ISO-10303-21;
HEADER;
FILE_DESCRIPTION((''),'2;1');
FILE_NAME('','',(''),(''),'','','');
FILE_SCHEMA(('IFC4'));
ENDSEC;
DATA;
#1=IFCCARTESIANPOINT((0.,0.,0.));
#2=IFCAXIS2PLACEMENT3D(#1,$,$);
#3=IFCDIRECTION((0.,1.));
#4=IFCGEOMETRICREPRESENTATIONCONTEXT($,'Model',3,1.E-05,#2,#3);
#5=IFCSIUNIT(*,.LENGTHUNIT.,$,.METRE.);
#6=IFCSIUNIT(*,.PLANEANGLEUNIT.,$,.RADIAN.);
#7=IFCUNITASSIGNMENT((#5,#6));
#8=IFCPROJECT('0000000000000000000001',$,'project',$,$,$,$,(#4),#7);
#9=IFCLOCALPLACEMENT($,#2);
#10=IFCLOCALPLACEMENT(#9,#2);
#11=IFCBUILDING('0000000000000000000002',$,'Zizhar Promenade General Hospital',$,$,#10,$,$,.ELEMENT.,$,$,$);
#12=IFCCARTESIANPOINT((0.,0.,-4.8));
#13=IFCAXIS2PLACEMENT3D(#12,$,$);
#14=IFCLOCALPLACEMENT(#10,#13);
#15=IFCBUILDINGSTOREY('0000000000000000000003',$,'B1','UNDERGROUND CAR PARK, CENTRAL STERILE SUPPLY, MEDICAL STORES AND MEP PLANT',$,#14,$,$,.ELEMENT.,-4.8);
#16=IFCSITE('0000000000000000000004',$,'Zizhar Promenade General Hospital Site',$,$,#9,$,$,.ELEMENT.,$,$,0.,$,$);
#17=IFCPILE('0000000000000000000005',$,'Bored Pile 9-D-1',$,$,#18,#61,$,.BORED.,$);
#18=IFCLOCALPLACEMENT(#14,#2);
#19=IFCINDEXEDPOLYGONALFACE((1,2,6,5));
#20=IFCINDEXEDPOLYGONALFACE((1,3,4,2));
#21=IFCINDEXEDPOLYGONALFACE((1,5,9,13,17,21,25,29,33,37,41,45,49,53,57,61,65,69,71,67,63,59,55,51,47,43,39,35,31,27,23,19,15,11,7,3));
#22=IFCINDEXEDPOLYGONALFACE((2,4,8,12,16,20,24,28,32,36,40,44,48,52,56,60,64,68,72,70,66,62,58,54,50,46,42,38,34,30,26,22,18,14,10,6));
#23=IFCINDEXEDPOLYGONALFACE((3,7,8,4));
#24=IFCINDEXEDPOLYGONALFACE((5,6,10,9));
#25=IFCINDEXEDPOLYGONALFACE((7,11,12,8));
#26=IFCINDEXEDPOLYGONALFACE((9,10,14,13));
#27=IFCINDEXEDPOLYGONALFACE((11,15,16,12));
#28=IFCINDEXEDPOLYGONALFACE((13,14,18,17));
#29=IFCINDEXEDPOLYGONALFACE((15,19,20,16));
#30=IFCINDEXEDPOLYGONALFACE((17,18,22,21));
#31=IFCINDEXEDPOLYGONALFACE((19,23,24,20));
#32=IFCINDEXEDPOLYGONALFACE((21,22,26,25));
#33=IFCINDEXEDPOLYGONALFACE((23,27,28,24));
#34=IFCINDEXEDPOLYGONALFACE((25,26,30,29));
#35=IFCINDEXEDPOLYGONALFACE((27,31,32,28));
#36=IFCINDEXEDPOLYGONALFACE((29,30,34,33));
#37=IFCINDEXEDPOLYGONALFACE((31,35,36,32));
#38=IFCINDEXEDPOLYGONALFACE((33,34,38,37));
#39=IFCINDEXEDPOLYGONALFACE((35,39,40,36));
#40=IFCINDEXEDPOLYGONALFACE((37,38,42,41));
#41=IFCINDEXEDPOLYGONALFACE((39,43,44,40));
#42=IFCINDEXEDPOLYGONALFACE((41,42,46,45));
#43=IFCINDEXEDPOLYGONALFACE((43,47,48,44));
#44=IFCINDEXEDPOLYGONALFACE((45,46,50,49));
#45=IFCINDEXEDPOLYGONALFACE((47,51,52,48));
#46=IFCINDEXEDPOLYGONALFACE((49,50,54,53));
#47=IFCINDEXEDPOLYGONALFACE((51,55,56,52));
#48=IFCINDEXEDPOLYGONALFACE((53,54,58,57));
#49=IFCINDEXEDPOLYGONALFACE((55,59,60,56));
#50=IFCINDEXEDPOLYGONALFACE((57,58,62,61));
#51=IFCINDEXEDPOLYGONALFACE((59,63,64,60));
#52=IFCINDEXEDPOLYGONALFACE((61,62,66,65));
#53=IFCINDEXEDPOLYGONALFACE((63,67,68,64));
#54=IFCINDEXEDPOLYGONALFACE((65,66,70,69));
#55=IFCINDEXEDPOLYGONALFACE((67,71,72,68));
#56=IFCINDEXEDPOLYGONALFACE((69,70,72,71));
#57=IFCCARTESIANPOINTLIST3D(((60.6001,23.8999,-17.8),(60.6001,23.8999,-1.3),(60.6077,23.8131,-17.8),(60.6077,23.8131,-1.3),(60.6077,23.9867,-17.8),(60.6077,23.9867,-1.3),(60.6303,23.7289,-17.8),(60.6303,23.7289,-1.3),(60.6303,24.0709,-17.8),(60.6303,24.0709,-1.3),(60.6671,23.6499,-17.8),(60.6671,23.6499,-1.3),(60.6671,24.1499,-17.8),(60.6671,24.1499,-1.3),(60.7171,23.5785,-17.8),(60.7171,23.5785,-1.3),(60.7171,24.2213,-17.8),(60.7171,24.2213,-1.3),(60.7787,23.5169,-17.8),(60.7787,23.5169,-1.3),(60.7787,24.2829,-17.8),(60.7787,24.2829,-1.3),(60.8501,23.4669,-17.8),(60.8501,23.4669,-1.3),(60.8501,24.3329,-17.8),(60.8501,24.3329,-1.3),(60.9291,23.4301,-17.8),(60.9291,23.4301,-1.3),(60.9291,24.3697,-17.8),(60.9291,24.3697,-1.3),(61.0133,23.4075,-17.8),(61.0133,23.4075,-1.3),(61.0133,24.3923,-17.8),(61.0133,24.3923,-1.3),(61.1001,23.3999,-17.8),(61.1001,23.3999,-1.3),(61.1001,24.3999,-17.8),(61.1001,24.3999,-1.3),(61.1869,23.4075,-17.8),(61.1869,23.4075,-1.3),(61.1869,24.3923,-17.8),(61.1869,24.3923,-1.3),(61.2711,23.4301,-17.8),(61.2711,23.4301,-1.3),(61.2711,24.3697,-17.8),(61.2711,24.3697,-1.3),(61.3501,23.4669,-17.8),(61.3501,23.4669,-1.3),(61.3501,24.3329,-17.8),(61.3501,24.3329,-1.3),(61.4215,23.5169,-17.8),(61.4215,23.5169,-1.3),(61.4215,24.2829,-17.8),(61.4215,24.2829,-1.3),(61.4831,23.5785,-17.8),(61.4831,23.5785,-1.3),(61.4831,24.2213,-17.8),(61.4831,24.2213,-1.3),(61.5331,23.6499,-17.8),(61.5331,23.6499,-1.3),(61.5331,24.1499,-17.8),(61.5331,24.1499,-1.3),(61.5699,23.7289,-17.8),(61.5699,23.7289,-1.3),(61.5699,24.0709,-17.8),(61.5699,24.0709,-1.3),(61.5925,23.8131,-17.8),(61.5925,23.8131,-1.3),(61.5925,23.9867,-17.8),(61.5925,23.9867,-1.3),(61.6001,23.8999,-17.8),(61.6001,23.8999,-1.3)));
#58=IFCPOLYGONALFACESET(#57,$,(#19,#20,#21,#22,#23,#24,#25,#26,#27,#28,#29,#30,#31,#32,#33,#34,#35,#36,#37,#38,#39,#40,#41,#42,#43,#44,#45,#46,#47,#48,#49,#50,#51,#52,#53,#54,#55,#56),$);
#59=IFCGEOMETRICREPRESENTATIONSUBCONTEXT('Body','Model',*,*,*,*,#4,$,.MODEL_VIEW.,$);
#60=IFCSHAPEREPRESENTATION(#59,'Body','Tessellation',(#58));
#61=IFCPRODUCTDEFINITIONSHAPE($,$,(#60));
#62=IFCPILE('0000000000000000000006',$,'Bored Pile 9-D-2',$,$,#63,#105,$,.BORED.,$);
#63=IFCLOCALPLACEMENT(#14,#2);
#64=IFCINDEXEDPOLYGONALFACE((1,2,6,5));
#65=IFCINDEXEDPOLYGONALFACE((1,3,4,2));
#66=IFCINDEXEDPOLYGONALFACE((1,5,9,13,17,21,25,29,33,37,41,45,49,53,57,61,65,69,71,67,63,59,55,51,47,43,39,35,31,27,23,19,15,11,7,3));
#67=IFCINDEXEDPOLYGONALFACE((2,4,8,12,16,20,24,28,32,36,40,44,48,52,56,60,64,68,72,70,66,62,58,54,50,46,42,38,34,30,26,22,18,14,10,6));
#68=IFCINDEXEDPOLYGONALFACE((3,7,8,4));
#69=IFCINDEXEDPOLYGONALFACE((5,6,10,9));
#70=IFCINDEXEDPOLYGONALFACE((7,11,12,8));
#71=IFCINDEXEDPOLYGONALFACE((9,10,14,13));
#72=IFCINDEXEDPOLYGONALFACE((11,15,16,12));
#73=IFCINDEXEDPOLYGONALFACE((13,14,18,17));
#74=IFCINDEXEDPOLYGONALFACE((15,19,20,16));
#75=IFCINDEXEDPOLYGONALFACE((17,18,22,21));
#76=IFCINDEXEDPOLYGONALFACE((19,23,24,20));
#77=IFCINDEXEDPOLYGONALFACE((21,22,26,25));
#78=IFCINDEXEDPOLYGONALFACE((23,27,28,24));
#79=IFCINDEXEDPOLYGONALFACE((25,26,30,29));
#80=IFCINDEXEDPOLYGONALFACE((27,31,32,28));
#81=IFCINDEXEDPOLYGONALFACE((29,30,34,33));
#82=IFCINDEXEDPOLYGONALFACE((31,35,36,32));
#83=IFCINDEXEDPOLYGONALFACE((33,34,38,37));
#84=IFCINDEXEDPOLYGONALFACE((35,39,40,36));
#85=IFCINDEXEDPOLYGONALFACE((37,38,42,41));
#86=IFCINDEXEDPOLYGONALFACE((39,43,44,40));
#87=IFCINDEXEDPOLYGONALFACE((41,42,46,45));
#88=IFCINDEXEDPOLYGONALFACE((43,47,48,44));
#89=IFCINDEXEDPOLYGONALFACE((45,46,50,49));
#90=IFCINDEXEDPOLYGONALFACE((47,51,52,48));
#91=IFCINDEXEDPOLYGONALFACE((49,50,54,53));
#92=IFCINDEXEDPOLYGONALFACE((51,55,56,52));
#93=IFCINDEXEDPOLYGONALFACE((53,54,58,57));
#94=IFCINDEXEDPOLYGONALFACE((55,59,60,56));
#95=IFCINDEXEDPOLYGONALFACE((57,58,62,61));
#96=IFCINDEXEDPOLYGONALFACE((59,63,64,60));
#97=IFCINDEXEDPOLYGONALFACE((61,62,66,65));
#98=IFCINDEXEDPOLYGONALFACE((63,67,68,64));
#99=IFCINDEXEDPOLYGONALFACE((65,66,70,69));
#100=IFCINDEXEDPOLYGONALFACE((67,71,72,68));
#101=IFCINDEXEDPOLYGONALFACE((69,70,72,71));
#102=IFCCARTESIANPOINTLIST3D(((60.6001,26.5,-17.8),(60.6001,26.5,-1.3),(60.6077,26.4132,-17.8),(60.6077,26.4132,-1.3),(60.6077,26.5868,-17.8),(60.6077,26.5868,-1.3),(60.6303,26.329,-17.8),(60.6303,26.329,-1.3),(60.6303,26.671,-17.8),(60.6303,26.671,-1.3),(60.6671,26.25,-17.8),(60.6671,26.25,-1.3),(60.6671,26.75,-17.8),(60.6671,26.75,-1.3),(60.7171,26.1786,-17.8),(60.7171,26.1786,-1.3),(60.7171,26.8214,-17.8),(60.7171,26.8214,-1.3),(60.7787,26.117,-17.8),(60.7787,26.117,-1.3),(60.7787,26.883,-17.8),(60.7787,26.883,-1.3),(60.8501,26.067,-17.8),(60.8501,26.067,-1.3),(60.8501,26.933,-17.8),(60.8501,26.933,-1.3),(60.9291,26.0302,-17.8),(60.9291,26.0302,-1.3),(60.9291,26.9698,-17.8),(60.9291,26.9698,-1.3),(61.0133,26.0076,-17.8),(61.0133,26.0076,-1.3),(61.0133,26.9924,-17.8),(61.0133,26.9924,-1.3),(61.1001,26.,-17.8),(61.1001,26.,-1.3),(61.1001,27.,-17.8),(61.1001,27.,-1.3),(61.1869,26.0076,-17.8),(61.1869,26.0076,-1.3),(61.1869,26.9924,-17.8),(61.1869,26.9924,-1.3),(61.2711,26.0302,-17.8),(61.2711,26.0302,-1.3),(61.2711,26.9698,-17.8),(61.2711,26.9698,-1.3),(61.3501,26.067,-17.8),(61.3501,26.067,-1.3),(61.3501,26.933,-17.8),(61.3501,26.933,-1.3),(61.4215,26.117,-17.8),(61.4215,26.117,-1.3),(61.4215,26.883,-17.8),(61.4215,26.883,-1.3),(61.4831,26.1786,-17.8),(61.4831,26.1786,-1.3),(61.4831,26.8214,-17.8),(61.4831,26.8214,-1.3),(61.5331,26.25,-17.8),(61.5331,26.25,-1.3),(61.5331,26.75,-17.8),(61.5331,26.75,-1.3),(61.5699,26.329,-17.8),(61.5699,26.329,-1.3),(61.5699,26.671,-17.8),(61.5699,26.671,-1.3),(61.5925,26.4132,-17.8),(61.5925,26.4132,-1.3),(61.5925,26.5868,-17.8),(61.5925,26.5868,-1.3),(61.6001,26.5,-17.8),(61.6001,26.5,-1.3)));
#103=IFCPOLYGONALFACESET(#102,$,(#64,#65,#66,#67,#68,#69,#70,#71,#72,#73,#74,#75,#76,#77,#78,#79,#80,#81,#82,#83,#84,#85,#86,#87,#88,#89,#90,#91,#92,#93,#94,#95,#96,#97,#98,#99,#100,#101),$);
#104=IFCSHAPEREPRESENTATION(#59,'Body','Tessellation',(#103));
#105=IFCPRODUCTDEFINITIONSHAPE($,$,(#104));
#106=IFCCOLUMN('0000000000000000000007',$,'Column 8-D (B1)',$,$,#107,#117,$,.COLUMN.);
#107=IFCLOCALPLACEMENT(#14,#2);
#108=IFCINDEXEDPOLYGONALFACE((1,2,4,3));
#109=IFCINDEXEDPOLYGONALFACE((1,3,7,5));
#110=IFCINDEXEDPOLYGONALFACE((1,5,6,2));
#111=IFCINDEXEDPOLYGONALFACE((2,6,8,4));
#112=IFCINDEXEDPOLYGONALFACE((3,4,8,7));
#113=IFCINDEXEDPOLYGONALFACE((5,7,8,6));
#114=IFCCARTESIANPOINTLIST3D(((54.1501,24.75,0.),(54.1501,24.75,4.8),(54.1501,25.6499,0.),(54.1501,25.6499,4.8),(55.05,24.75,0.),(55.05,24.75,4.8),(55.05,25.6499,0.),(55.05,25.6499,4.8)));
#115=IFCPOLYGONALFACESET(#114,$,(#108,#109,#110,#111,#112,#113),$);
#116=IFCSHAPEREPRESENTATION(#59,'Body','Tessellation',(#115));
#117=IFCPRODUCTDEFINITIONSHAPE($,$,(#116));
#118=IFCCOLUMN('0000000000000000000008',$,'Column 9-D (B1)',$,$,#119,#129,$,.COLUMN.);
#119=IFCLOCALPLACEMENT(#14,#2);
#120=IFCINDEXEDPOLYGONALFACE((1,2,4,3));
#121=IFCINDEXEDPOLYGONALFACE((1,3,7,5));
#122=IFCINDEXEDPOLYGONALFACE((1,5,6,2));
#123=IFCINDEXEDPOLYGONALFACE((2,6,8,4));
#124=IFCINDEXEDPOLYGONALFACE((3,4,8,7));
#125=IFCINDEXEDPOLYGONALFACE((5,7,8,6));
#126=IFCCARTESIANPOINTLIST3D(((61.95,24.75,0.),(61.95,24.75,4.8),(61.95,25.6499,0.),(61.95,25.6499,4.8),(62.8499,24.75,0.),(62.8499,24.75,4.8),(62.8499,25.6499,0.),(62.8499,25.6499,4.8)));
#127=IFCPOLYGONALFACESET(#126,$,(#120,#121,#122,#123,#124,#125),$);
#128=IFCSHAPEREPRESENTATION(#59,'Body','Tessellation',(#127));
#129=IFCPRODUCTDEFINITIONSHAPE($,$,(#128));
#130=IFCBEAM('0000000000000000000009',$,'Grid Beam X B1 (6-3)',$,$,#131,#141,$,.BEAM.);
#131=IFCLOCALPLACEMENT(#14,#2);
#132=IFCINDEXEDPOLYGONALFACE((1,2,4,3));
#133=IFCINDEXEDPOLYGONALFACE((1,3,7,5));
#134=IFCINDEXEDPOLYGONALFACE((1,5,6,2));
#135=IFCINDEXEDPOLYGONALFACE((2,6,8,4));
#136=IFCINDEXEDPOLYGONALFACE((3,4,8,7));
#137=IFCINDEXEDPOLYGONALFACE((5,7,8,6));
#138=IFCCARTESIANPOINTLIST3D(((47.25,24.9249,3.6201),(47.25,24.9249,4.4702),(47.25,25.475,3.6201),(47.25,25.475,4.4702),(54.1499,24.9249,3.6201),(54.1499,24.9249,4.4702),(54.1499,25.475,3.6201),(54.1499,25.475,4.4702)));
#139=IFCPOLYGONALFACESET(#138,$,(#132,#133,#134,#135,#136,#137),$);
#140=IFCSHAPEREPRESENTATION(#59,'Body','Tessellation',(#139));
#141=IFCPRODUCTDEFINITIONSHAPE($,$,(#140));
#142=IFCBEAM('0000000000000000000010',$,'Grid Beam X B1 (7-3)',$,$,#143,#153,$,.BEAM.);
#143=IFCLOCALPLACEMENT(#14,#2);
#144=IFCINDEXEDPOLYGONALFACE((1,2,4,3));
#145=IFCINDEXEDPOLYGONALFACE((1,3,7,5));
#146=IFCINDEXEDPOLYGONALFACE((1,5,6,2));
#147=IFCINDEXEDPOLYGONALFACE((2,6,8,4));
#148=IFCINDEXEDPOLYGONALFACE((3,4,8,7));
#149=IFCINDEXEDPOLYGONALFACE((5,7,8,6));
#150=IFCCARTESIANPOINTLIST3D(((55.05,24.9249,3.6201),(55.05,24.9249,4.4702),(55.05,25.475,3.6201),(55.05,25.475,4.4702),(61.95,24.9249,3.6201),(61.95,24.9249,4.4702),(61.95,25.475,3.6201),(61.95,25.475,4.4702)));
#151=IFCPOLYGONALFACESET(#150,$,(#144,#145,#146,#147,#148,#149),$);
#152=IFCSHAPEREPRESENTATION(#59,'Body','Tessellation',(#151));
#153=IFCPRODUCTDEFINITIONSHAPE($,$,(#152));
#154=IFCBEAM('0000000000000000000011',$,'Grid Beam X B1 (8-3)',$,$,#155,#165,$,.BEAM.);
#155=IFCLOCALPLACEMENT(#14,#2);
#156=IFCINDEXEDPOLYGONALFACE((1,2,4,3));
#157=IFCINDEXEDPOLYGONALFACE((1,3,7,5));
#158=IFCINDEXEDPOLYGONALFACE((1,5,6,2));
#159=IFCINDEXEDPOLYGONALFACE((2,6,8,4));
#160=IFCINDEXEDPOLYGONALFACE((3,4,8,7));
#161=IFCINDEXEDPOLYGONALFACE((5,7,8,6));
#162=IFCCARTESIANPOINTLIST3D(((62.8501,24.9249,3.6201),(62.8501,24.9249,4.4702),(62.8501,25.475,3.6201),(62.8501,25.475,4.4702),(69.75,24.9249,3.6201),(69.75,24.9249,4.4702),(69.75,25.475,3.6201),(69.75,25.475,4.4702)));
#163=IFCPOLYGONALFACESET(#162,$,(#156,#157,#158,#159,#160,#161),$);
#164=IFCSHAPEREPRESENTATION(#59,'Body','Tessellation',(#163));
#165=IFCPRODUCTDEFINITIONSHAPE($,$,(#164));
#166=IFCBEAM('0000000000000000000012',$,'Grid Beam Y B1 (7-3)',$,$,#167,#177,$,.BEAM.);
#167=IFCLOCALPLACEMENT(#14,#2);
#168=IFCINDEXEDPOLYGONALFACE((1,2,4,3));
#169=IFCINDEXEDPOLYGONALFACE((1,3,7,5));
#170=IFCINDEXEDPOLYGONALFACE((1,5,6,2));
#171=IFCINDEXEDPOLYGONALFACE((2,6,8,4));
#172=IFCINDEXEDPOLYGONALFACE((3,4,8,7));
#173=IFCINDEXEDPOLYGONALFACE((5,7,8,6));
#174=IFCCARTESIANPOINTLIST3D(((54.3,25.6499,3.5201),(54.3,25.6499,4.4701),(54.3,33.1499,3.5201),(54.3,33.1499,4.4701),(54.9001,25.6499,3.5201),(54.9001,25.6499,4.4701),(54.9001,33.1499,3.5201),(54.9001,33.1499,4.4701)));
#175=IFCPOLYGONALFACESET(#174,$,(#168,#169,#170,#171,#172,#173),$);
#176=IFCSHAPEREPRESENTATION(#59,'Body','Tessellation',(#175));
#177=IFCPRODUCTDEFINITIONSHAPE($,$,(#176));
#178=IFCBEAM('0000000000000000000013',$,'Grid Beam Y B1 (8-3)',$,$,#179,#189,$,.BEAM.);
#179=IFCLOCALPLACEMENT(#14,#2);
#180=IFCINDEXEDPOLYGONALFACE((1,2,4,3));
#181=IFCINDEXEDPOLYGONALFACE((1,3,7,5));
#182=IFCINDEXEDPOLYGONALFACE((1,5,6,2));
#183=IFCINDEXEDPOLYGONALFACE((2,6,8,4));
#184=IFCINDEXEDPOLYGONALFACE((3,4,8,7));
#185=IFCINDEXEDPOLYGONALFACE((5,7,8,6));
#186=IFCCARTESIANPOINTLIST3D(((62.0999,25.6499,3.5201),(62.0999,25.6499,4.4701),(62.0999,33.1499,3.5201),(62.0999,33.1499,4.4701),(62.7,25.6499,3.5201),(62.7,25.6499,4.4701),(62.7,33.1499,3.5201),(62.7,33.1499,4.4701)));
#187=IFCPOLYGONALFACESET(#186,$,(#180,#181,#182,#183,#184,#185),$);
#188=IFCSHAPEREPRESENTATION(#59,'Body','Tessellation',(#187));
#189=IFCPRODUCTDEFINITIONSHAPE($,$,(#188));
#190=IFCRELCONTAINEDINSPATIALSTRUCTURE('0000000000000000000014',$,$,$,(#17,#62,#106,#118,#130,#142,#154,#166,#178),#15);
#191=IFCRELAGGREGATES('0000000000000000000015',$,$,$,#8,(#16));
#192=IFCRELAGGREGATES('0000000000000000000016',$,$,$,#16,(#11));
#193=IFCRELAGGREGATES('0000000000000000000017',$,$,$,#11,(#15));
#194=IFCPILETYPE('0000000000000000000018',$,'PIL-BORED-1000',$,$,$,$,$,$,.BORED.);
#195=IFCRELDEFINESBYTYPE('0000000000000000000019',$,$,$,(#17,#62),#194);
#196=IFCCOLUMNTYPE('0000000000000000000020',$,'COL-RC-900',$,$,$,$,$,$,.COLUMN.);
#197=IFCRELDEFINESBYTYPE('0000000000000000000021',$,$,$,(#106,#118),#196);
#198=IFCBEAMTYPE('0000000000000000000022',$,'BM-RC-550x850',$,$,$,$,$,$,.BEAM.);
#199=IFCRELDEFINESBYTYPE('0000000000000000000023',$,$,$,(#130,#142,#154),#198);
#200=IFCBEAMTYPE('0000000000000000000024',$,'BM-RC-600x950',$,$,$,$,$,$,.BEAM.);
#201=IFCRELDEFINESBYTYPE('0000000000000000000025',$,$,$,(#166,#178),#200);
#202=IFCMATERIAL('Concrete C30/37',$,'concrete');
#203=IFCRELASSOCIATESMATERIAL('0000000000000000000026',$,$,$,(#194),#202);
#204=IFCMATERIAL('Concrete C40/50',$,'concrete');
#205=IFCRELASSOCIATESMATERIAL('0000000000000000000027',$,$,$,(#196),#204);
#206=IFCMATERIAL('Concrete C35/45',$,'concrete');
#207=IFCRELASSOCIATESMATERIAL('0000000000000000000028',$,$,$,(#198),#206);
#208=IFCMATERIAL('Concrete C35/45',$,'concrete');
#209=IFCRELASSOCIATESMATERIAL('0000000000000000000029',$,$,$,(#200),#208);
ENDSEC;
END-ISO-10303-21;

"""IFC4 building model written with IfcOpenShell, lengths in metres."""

from ifc_helpers import new_model, si_unit, direction, frame, origin, origin_2d, place, context, subcontext, project, spatial, rectangle, circle, extrude, material, material_profile, profile_set, type_object, element, save


model = new_model("IFC4")

# Units and contexts
model_context = context("Model", 3, precision=1e-05, world=origin(), true_north=direction((0.0, 1.0)))
body_context = subcontext(model_context, "Body", "Model", "MODEL_VIEW")
ifc_project = project(units=[si_unit("LENGTHUNIT", "METRE"), si_unit("PLANEANGLEUNIT", "RADIAN")], contexts=[model_context])

# Site, building, storey
site_placement = place(None, origin())
site = spatial("IfcSite", under=ifc_project, at=site_placement, Name="Zizhar Promenade General Hospital Site", CompositionType="ELEMENT", RefElevation=0.0)
building_placement = place(site_placement, origin())
building = spatial("IfcBuilding", under=site, at=building_placement, Name="Zizhar Promenade General Hospital", CompositionType="ELEMENT")
storey_placement = place(building_placement, frame((0.0, 0.0, -4.8)))
storey = spatial("IfcBuildingStorey", under=building, at=storey_placement, Name="B1", Description="UNDERGROUND CAR PARK, CENTRAL STERILE SUPPLY, MEDICAL STORES AND MEP PLANT", CompositionType="ELEMENT", Elevation=-4.8)

# Piles
ifc_material_1 = material(Name="Concrete C30/37", Category="concrete")
ifc_material_profile_1 = material_profile(ifc_material_1, circle(Radius=0.5, at=origin_2d()))
ifc_profile_set_1 = profile_set([ifc_material_profile_1], Name="Concrete C30/37")
pile_type = type_object("IfcPileType", Name="PIL-BORED-1000", PredefinedType="BORED", material=ifc_profile_set_1)
for number, where, z_axis, x_axis, name in (
    (1, (61.1001, 23.8999, -1.3), (0.0, 0.0, -1.0), (1.0, 0.0, 0.0), "Bored Pile 9-D-1"),
    (2, (61.1001, 26.5, -1.3), (0.0, 0.0, -1.0), (1.0, 0.0, 0.0), "Bored Pile 9-D-2"),
):
    element("IfcPile", number, at=place(storey_placement, frame(where, z_axis=z_axis, x_axis=x_axis)), inside=storey, type_object=pile_type, Name=name, PredefinedType="BORED", context=body_context, shape_type="SweptSolid", body=[
        extrude(circle(Radius=0.5, at=origin_2d()), origin(), (0.0, 0.0, 1.0), 16.5),
    ])

# Columns
ifc_material_2 = material(Name="Concrete C40/50", Category="concrete")
ifc_material_profile_2 = material_profile(ifc_material_2, rectangle(XDim=0.8999, YDim=0.8999, at=origin_2d()))
ifc_profile_set_2 = profile_set([ifc_material_profile_2], Name="Concrete C40/50")
column_type = type_object("IfcColumnType", Name="COL-RC-900", PredefinedType="COLUMN", material=ifc_profile_set_2)
for number, where, z_axis, x_axis, name in (
    (3, (54.6001, 25.2, 0.0), (0.0, 0.0, 1.0), (1.0, 0.0, 0.0), "Column 8-D (B1)"),
    (4, (62.3999, 25.2, 0.0), (0.0, 0.0, 1.0), (1.0, 0.0, 0.0), "Column 9-D (B1)"),
):
    element("IfcColumn", number, at=place(storey_placement, frame(where, z_axis=z_axis, x_axis=x_axis)), inside=storey, type_object=column_type, Name=name, PredefinedType="COLUMN", context=body_context, shape_type="SweptSolid", body=[
        extrude(rectangle(XDim=0.8999, YDim=0.8999, at=origin_2d()), origin(), (0.0, 0.0, 1.0), 4.8),
    ])

# Beams
ifc_material_3 = material(Name="Concrete C35/45", Category="concrete")
ifc_material_profile_3 = material_profile(ifc_material_3, rectangle(XDim=0.55, YDim=0.8501, at=origin_2d()))
ifc_profile_set_3 = profile_set([ifc_material_profile_3], Name="Concrete C35/45")
beam_type_1 = type_object("IfcBeamType", Name="BM-RC-550x850", PredefinedType="BEAM", material=ifc_profile_set_3)
for number, where, z_axis, x_axis, name in (
    (5, (47.25, 25.2, 4.0452), (1.0, 0.0, 0.0), (0.0, 1.0, 0.0), "Grid Beam X B1 (6-3)"),
    (6, (55.05, 25.2, 4.0452), (1.0, 0.0, 0.0), (0.0, 1.0, 0.0), "Grid Beam X B1 (7-3)"),
    (7, (62.8501, 25.2, 4.0452), (1.0, 0.0, 0.0), (0.0, 1.0, 0.0), "Grid Beam X B1 (8-3)"),
):
    element("IfcBeam", number, at=place(storey_placement, frame(where, z_axis=z_axis, x_axis=x_axis)), inside=storey, type_object=beam_type_1, Name=name, PredefinedType="BEAM", context=body_context, shape_type="SweptSolid", body=[
        extrude(rectangle(XDim=0.55, YDim=0.8501, at=origin_2d()), origin(), (0.0, 0.0, 1.0), 6.8999),
    ])
ifc_material_4 = material(Name="Concrete C35/45", Category="concrete")
ifc_material_profile_4 = material_profile(ifc_material_4, rectangle(XDim=0.6001, YDim=0.95, at=origin_2d()))
ifc_profile_set_4 = profile_set([ifc_material_profile_4], Name="Concrete C35/45")
beam_type_2 = type_object("IfcBeamType", Name="BM-RC-600x950", PredefinedType="BEAM", material=ifc_profile_set_4)
for number, where, z_axis, x_axis, name in (
    (8, (54.6001, 25.6499, 3.9951), (0.0, 1.0, 0.0), (-1.0, 0.0, 0.0), "Grid Beam Y B1 (7-3)"),
    (9, (62.3999, 25.6499, 3.9951), (0.0, 1.0, 0.0), (-1.0, 0.0, 0.0), "Grid Beam Y B1 (8-3)"),
):
    element("IfcBeam", number, at=place(storey_placement, frame(where, z_axis=z_axis, x_axis=x_axis)), inside=storey, type_object=beam_type_2, Name=name, PredefinedType="BEAM", context=body_context, shape_type="SweptSolid", body=[
        extrude(rectangle(XDim=0.6001, YDim=0.95, at=origin_2d()), origin(), (0.0, 0.0, 1.0), 7.5),
    ])

save(model, "model.ifc")
